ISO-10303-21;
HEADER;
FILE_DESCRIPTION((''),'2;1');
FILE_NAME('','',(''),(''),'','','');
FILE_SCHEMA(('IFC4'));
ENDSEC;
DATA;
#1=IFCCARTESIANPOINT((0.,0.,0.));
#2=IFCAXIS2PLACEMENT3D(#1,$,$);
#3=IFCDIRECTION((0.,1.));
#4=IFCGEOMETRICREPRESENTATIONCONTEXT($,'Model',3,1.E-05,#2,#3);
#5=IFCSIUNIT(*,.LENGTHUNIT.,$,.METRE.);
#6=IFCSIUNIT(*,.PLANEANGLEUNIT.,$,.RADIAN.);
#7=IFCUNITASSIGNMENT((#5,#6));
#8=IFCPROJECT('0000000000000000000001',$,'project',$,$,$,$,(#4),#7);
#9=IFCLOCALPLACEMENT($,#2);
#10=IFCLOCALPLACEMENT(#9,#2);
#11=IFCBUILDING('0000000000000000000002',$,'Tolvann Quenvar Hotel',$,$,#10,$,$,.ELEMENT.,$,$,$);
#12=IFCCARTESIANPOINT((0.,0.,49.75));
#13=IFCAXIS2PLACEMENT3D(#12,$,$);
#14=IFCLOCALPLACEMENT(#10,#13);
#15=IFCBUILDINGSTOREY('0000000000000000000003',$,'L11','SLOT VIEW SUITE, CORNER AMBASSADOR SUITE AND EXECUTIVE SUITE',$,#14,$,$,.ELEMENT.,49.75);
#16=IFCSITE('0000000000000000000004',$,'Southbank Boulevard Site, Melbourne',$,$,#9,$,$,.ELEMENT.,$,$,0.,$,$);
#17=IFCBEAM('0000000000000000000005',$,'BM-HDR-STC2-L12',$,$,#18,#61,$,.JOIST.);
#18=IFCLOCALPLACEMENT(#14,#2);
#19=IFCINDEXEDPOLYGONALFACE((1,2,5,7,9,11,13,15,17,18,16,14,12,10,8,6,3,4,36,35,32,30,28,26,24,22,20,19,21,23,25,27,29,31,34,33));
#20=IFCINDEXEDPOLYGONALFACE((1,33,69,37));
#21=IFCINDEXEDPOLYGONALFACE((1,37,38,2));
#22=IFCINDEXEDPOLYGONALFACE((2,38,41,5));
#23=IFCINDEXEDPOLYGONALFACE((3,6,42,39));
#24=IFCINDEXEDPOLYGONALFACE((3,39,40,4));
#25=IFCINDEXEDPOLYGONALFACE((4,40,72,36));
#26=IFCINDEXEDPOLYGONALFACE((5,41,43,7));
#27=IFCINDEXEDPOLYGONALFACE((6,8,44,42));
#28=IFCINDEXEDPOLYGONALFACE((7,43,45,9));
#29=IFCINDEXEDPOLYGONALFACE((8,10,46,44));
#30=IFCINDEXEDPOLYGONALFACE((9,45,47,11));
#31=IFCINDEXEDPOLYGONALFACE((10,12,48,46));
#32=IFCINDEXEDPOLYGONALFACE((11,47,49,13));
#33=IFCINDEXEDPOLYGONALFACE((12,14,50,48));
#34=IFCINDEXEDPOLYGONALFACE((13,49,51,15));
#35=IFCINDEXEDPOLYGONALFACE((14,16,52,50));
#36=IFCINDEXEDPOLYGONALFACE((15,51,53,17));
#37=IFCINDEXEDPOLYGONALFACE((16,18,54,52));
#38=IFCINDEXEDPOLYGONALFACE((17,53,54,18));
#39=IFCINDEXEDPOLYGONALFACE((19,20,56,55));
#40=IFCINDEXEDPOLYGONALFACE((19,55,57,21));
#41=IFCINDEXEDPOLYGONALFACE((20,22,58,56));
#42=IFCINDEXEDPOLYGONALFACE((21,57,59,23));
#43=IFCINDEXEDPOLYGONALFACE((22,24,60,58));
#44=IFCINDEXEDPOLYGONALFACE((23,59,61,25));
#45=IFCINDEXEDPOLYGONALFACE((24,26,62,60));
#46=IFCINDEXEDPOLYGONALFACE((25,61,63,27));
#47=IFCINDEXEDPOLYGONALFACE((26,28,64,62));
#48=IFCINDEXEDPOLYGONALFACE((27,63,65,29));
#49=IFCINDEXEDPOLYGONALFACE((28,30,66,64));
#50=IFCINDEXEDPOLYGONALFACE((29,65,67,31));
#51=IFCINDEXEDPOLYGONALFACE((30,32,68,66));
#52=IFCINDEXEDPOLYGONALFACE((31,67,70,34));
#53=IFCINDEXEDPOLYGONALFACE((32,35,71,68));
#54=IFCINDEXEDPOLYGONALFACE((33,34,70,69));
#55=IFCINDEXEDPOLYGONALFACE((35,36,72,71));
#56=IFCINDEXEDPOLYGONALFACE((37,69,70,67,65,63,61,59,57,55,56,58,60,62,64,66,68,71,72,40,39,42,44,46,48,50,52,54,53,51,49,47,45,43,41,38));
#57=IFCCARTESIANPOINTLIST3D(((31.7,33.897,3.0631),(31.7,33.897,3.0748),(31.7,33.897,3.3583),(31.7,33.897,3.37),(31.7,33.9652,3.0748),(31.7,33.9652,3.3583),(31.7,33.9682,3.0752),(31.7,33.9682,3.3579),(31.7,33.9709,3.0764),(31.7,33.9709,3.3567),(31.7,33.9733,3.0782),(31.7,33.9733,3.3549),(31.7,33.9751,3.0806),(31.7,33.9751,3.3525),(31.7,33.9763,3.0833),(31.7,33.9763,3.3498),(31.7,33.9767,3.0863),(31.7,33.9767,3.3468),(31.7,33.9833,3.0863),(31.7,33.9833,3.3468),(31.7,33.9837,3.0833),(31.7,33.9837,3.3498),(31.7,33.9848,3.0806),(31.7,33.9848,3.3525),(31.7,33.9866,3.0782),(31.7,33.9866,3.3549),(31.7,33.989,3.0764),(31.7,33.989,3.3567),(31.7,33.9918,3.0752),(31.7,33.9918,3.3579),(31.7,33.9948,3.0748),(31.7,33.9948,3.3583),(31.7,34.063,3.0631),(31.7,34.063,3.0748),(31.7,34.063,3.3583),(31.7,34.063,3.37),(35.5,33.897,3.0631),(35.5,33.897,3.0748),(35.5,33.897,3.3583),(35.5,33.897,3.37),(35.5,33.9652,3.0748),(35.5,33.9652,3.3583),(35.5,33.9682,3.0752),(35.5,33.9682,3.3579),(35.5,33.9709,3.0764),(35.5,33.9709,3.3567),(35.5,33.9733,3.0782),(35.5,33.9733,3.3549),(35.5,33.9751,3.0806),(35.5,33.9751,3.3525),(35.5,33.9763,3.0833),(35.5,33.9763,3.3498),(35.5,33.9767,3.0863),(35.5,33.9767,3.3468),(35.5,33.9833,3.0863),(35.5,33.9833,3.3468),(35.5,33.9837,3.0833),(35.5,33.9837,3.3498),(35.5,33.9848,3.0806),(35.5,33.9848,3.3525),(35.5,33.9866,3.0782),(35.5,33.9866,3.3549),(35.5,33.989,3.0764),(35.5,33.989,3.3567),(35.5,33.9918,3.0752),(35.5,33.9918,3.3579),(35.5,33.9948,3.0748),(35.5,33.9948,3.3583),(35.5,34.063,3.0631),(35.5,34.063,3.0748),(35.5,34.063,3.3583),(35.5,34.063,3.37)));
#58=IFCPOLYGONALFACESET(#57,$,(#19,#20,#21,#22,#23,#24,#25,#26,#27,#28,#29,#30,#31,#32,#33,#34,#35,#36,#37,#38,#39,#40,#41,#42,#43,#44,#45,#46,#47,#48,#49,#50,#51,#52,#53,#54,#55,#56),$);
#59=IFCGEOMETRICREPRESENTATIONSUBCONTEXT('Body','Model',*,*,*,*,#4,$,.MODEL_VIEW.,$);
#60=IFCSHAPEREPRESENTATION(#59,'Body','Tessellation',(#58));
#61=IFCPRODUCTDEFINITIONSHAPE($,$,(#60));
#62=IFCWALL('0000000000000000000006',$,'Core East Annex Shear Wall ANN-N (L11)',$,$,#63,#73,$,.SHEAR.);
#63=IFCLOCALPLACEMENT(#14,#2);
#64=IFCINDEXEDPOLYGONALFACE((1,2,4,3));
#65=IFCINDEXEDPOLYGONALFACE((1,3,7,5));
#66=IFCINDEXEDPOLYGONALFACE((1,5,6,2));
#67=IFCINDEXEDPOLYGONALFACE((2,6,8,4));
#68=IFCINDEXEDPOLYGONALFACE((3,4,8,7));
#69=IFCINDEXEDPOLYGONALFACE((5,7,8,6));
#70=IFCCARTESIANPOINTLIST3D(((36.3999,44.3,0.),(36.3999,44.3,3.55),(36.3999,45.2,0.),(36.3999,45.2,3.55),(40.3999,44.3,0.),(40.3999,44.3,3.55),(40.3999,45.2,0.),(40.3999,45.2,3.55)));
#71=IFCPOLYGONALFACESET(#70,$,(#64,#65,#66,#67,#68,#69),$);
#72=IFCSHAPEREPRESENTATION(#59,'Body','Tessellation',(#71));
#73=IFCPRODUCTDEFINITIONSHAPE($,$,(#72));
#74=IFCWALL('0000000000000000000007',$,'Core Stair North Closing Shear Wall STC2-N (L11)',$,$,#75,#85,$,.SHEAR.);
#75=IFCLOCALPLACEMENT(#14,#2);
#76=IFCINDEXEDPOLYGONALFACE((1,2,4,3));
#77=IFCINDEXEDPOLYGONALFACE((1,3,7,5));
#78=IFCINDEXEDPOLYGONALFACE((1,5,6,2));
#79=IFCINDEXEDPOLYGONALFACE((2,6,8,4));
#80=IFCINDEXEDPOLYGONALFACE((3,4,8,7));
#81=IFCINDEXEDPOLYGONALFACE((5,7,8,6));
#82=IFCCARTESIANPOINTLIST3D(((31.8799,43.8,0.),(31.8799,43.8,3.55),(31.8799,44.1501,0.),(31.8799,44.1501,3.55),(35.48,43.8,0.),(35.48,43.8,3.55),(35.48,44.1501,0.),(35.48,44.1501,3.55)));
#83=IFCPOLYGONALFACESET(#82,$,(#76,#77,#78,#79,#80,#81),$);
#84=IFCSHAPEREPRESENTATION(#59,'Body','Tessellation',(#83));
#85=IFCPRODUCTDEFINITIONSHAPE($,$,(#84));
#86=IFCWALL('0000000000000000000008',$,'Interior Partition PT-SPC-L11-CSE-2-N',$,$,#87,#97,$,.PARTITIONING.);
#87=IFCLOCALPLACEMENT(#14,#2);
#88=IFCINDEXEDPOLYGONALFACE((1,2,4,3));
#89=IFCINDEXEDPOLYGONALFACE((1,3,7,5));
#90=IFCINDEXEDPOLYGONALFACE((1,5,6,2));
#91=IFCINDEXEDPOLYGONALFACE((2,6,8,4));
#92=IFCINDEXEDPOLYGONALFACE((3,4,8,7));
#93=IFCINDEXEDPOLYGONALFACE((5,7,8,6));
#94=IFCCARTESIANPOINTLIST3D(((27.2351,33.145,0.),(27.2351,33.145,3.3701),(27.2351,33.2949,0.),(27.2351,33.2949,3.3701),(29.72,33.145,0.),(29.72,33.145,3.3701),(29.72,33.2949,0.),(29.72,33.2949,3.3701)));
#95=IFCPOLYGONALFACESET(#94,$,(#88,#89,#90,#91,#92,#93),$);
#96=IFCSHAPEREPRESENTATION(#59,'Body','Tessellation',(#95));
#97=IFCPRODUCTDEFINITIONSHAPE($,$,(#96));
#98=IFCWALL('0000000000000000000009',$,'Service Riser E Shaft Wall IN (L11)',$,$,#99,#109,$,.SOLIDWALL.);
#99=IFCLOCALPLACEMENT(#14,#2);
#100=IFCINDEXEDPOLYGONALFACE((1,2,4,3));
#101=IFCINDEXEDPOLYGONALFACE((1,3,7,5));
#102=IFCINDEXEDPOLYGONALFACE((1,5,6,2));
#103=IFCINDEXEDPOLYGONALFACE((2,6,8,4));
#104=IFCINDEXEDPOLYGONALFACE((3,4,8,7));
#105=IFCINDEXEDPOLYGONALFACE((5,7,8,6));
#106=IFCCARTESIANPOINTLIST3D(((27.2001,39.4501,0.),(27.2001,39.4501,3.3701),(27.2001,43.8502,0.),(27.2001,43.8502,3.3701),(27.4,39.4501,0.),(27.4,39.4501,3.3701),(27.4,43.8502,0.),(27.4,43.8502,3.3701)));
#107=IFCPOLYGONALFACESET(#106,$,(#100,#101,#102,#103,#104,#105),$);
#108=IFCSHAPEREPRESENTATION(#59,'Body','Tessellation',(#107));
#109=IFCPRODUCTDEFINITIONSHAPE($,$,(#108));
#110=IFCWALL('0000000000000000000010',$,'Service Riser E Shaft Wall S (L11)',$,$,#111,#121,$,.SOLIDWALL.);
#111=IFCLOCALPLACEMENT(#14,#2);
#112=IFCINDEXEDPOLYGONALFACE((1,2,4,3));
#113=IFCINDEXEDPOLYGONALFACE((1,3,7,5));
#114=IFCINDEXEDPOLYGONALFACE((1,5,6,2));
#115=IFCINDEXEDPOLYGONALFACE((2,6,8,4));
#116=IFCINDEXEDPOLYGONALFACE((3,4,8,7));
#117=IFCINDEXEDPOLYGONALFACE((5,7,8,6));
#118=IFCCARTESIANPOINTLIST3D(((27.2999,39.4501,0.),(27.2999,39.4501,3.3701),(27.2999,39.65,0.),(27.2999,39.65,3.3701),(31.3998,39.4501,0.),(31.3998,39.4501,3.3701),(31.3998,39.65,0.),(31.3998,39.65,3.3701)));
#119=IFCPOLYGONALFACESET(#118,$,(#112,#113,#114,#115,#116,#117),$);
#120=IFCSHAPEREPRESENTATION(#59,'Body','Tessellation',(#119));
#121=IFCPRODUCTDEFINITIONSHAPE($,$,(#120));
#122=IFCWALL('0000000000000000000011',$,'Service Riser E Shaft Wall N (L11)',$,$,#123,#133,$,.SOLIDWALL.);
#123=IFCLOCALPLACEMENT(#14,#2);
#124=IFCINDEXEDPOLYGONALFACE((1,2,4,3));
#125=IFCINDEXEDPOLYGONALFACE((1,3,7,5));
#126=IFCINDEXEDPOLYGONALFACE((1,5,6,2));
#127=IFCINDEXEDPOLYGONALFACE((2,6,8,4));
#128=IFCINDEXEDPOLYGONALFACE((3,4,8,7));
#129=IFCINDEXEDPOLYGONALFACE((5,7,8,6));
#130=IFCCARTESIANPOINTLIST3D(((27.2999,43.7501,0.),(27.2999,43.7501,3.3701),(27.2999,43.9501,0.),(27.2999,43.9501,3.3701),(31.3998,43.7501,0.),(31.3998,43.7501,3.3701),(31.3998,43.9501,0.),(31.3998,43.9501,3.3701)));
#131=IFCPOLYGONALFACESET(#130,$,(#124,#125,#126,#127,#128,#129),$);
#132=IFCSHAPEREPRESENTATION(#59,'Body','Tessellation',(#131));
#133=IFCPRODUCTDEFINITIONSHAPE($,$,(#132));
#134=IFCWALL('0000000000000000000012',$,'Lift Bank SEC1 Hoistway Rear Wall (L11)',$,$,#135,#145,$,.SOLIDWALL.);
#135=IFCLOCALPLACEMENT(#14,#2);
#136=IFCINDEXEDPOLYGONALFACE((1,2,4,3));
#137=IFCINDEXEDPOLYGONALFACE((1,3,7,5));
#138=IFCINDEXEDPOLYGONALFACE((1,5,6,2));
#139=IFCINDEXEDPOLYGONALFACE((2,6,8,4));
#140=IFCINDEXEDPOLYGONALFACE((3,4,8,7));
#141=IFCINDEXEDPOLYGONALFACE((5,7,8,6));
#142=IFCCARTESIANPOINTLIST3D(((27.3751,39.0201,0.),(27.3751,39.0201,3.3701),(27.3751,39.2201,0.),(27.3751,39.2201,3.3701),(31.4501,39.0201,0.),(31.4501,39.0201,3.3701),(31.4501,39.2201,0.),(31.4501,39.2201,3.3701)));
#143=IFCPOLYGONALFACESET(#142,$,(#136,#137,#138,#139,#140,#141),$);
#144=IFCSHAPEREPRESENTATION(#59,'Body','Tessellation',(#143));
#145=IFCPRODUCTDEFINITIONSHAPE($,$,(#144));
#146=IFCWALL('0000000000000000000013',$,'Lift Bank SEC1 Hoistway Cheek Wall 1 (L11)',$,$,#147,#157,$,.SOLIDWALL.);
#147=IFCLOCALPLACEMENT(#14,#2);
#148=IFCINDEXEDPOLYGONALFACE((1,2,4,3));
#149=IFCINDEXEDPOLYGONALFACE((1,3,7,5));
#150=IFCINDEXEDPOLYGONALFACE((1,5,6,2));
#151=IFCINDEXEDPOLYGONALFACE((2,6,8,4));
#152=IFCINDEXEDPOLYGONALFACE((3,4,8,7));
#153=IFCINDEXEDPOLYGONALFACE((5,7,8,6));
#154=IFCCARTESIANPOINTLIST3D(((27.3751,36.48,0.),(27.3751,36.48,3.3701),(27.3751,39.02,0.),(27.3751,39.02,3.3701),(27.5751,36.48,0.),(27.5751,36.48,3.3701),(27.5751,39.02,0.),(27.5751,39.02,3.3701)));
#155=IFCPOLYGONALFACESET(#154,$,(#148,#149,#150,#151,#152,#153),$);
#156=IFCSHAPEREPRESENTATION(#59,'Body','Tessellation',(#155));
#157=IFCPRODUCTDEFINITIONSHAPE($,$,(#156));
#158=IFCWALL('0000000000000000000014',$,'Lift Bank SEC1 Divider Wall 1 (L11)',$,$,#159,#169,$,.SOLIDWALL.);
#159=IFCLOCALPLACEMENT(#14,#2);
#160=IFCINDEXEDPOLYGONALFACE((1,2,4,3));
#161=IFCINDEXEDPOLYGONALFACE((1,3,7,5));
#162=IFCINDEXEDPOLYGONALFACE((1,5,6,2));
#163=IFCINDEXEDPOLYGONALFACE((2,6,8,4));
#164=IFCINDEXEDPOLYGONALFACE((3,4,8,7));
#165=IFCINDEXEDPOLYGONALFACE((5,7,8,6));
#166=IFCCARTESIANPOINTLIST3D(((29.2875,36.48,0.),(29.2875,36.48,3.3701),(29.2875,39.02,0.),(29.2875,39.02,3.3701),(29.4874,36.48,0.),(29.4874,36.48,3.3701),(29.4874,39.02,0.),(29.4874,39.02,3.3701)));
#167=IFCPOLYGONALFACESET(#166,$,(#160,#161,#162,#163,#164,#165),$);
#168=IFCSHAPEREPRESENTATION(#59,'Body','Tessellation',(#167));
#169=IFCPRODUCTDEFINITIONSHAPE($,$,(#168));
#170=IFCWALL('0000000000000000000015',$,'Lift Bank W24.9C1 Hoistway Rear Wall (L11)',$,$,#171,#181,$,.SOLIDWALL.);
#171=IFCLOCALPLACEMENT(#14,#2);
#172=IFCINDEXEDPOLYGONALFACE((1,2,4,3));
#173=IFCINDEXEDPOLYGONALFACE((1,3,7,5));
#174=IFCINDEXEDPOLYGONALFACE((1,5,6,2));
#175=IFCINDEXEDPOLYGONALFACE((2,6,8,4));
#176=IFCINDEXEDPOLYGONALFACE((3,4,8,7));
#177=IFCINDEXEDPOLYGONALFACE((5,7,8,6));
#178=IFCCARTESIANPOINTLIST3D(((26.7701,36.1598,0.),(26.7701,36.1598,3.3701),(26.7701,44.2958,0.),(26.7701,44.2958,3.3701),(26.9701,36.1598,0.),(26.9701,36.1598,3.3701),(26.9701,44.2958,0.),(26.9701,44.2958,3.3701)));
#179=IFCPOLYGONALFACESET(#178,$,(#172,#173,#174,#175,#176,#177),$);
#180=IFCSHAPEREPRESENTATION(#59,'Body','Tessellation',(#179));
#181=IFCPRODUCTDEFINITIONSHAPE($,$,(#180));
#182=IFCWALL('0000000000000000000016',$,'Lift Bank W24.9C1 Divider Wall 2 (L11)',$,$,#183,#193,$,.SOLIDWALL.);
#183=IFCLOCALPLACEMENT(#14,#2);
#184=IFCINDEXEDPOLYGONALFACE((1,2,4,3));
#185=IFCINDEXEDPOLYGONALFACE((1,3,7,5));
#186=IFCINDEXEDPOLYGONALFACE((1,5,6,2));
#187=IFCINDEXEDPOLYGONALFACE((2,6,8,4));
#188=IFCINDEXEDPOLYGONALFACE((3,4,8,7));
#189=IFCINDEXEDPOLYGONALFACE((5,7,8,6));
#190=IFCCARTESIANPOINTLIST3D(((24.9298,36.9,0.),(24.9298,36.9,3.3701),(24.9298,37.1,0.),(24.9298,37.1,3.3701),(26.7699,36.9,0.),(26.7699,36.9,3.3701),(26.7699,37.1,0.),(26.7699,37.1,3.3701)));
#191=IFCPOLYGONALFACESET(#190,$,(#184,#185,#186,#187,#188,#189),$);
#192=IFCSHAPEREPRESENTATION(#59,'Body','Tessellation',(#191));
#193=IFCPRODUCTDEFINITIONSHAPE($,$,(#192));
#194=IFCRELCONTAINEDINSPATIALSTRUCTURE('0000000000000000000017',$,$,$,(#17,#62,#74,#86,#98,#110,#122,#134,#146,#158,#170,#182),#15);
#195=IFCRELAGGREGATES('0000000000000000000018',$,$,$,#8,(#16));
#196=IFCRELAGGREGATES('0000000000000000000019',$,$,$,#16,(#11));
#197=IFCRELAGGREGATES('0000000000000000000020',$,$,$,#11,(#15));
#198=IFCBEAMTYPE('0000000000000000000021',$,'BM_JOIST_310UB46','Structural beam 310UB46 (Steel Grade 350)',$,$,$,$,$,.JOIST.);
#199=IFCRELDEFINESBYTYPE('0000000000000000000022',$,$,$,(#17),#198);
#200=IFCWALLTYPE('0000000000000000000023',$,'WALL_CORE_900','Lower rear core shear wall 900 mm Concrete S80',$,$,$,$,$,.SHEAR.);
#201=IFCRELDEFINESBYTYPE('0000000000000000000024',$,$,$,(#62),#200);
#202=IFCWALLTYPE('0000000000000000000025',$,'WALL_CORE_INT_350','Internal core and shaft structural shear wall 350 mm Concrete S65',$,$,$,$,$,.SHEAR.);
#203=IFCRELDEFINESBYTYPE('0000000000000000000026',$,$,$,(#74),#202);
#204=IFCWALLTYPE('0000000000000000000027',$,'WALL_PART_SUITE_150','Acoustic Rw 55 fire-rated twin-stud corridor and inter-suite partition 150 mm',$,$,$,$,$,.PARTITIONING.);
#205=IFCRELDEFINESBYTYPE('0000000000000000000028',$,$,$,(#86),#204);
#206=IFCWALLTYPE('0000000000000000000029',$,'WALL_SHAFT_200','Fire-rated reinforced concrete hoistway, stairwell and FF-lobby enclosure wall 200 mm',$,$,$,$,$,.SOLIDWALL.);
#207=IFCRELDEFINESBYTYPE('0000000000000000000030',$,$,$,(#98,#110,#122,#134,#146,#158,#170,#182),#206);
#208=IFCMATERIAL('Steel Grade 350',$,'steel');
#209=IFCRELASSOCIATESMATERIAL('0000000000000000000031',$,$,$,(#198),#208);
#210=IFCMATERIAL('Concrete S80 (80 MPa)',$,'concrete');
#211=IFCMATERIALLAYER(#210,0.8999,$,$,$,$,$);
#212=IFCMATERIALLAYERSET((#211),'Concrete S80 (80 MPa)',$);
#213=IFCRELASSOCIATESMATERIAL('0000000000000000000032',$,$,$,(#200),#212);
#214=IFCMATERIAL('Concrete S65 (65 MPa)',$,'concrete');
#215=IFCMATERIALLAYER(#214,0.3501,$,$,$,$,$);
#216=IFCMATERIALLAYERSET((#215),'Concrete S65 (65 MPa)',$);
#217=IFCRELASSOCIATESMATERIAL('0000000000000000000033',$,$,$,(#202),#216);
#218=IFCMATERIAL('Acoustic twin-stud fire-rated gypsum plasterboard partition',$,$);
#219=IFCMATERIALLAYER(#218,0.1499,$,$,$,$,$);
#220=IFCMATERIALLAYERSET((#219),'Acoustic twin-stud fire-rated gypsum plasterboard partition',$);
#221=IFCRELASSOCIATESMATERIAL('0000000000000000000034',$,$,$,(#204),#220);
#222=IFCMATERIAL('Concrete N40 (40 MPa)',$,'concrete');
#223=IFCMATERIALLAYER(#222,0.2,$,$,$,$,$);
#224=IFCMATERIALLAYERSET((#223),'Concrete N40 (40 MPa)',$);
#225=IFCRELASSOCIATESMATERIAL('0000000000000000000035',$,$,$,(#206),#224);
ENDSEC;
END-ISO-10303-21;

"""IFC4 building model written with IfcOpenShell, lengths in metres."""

from ifc_helpers import new_model, si_unit, direction, frame, frame_2d, origin, origin_2d, place, context, subcontext, project, spatial, rectangle, i_section, extrude, source, transform, mapped, material, layer, layer_set, material_profile, profile_set, type_object, type_shapes, element, save


model = new_model("IFC4")

# Units and contexts
model_context = context("Model", 3, precision=1e-05, world=origin(), true_north=direction((0.0, 1.0)))
body_context = subcontext(model_context, "Body", "Model", "MODEL_VIEW")
ifc_project = project(units=[si_unit("LENGTHUNIT", "METRE"), si_unit("PLANEANGLEUNIT", "RADIAN")], contexts=[model_context])

# Site, building, storey
site_placement = place(None, origin())
site = spatial("IfcSite", under=ifc_project, at=site_placement, Name="Southbank Boulevard Site, Melbourne", CompositionType="ELEMENT", RefElevation=0.0)
building_placement = place(site_placement, origin())
building = spatial("IfcBuilding", under=site, at=building_placement, Name="Tolvann Quenvar Hotel", CompositionType="ELEMENT")
storey_placement = place(building_placement, frame((0.0, 0.0, 49.75)))
storey = spatial("IfcBuildingStorey", under=building, at=storey_placement, Name="L11", Description="SLOT VIEW SUITE, CORNER AMBASSADOR SUITE AND EXECUTIVE SUITE", CompositionType="ELEMENT", Elevation=49.75)

# Beam
ifc_material_1 = material(Name="Steel Grade 350", Category="steel")
ifc_material_profile = material_profile(ifc_material_1, i_section(OverallWidth=0.166, OverallDepth=0.3069, WebThickness=0.0066, FlangeThickness=0.0117, FilletRadius=0.0115, at=origin_2d()), Name="310UB46")
ifc_profile_set = profile_set([ifc_material_profile], Name="Steel Grade 350")
beam_type = type_object("IfcBeamType", Name="BM_JOIST_310UB46", Description="Structural beam 310UB46 (Steel Grade 350)", PredefinedType="JOIST", material=ifc_profile_set)
shared_shape_1 = source(origin(), body_context, "Body", "SweptSolid", [
    extrude(i_section(OverallWidth=0.166, OverallDepth=0.3069, WebThickness=0.0066, FlangeThickness=0.0117, FilletRadius=0.0115, at=origin_2d()), origin(), (0.0, 0.0, 1.0), 3.8),
])
type_shapes(beam_type, [shared_shape_1])
beam_placement = place(storey_placement, frame((31.7, 33.98, 3.2166), z_axis=(1.0, 0.0, 0.0), x_axis=(0.0, 1.0, 0.0)))
element("IfcBeam", 1, at=beam_placement, inside=storey, type_object=beam_type, Name="BM-HDR-STC2-L12", PredefinedType="JOIST", context=body_context, shape_type="MappedRepresentation", body=[
    mapped(shared_shape_1, transform((0.0, 0.0, 0.0), x_axis=(1.0, 0.0, 0.0), y_axis=(0.0, 1.0, 0.0), z_axis=(0.0, 0.0, 1.0), scale=1.0)),
])

# Walls
ifc_material_2 = material(Name="Concrete S80 (80 MPa)", Category="concrete")
ifc_layer_1 = layer(ifc_material_2, 0.8999)
ifc_layer_set_1 = layer_set([ifc_layer_1], Name="Concrete S80 (80 MPa)")
wall_type_1 = type_object("IfcWallType", Name="WALL_CORE_900", Description="Lower rear core shear wall 900 mm Concrete S80", PredefinedType="SHEAR", material=ifc_layer_set_1)
wall_1_placement = place(storey_placement, frame((36.3999, 44.75, 0.0), z_axis=(0.0, 0.0, 1.0), x_axis=(1.0, 0.0, 0.0)))
element("IfcWall", 2, at=wall_1_placement, inside=storey, type_object=wall_type_1, Name="Core East Annex Shear Wall ANN-N (L11)", PredefinedType="SHEAR", context=body_context, shape_type="SweptSolid", body=[
    extrude(rectangle(XDim=4.0, YDim=0.8999, at=frame_2d((2.0, 0.0))), origin(), (0.0, 0.0, 1.0), 3.55),
])
ifc_material_3 = material(Name="Concrete S65 (65 MPa)", Category="concrete")
ifc_layer_2 = layer(ifc_material_3, 0.3501)
ifc_layer_set_2 = layer_set([ifc_layer_2], Name="Concrete S65 (65 MPa)")
wall_type_2 = type_object("IfcWallType", Name="WALL_CORE_INT_350", Description="Internal core and shaft structural shear wall 350 mm Concrete S65", PredefinedType="SHEAR", material=ifc_layer_set_2)
wall_2_placement = place(storey_placement, frame((31.8799, 43.9751, 0.0), z_axis=(0.0, 0.0, 1.0), x_axis=(1.0, 0.0, 0.0)))
element("IfcWall", 3, at=wall_2_placement, inside=storey, type_object=wall_type_2, Name="Core Stair North Closing Shear Wall STC2-N (L11)", PredefinedType="SHEAR", context=body_context, shape_type="SweptSolid", body=[
    extrude(rectangle(XDim=3.6001, YDim=0.3501, at=frame_2d((1.8, 0.0))), origin(), (0.0, 0.0, 1.0), 3.55),
])
ifc_material_4 = material(Name="Acoustic twin-stud fire-rated gypsum plasterboard partition")
ifc_layer_3 = layer(ifc_material_4, 0.1499)
ifc_layer_set_3 = layer_set([ifc_layer_3], Name="Acoustic twin-stud fire-rated gypsum plasterboard partition")
wall_type_3 = type_object("IfcWallType", Name="WALL_PART_SUITE_150", Description="Acoustic Rw 55 fire-rated twin-stud corridor and inter-suite partition 150 mm", PredefinedType="PARTITIONING", material=ifc_layer_set_3)
wall_3_placement = place(storey_placement, frame((27.2351, 33.22, 0.0), z_axis=(0.0, 0.0, 1.0), x_axis=(1.0, 0.0, 0.0)))
element("IfcWall", 4, at=wall_3_placement, inside=storey, type_object=wall_type_3, Name="Interior Partition PT-SPC-L11-CSE-2-N", PredefinedType="PARTITIONING", context=body_context, shape_type="SweptSolid", body=[
    extrude(rectangle(XDim=2.4849, YDim=0.1499, at=frame_2d((1.2424, 0.0))), origin(), (0.0, 0.0, 1.0), 3.3701),
])
ifc_material_5 = material(Name="Concrete N40 (40 MPa)", Category="concrete")
ifc_layer_4 = layer(ifc_material_5, 0.2)
ifc_layer_set_4 = layer_set([ifc_layer_4], Name="Concrete N40 (40 MPa)")
wall_type_4 = type_object("IfcWallType", Name="WALL_SHAFT_200", Description="Fire-rated reinforced concrete hoistway, stairwell and FF-lobby enclosure wall 200 mm", PredefinedType="SOLIDWALL", material=ifc_layer_set_4)
wall_4_placement = place(storey_placement, frame((27.3, 39.45, 0.0), z_axis=(0.0, 0.0, 1.0), x_axis=(0.0, 1.0, 0.0)))
element("IfcWall", 5, at=wall_4_placement, inside=storey, type_object=wall_type_4, Name="Service Riser E Shaft Wall IN (L11)", PredefinedType="SOLIDWALL", context=body_context, shape_type="SweptSolid", body=[
    extrude(rectangle(XDim=4.4001, YDim=0.2, at=frame_2d((2.2002, 0.0))), origin(), (0.0, 0.0, 1.0), 3.3701),
])
for number, where, z_axis, x_axis, name in (
    (6, (27.3, 39.55, 0.0), (0.0, 0.0, 1.0), (1.0, 0.0, 0.0), "Service Riser E Shaft Wall S (L11)"),
    (7, (27.3, 43.8501, 0.0), (0.0, 0.0, 1.0), (1.0, 0.0, 0.0), "Service Riser E Shaft Wall N (L11)"),
):
    element("IfcWall", number, at=place(storey_placement, frame(where, z_axis=z_axis, x_axis=x_axis)), inside=storey, type_object=wall_type_4, Name=name, PredefinedType="SOLIDWALL", context=body_context, shape_type="SweptSolid", body=[
        extrude(rectangle(XDim=4.0999, YDim=0.2, at=frame_2d((2.0498, 0.0))), origin(), (0.0, 0.0, 1.0), 3.3701),
    ])

# Walls
wall_5_placement = place(storey_placement, frame((27.375, 39.1201, 0.0), z_axis=(0.0, 0.0, 1.0), x_axis=(1.0, 0.0, 0.0)))
element("IfcWall", 8, at=wall_5_placement, inside=storey, type_object=wall_type_4, Name="Lift Bank SEC1 Hoistway Rear Wall (L11)", PredefinedType="SOLIDWALL", context=body_context, shape_type="SweptSolid", body=[
    extrude(rectangle(XDim=4.075, YDim=0.2, at=frame_2d((2.0376, 0.0))), origin(), (0.0, 0.0, 1.0), 3.3701),
])
for number, where, z_axis, x_axis, name in (
    (9, (27.4751, 36.48, 0.0), (0.0, 0.0, 1.0), (0.0, 1.0, 0.0), "Lift Bank SEC1 Hoistway Cheek Wall 1 (L11)"),
    (10, (29.3875, 36.48, 0.0), (0.0, 0.0, 1.0), (0.0, 1.0, 0.0), "Lift Bank SEC1 Divider Wall 1 (L11)"),
):
    element("IfcWall", number, at=place(storey_placement, frame(where, z_axis=z_axis, x_axis=x_axis)), inside=storey, type_object=wall_type_4, Name=name, PredefinedType="SOLIDWALL", context=body_context, shape_type="SweptSolid", body=[
        extrude(rectangle(XDim=2.54, YDim=0.2, at=frame_2d((1.27, 0.0))), origin(), (0.0, 0.0, 1.0), 3.3701),
    ])
wall_6_placement = place(storey_placement, frame((26.8701, 36.1599, 0.0), z_axis=(0.0, 0.0, 1.0), x_axis=(0.0, 1.0, 0.0)))
element("IfcWall", 11, at=wall_6_placement, inside=storey, type_object=wall_type_4, Name="Lift Bank W24.9C1 Hoistway Rear Wall (L11)", PredefinedType="SOLIDWALL", context=body_context, shape_type="SweptSolid", body=[
    extrude(rectangle(XDim=8.136, YDim=0.2, at=frame_2d((4.0679, 0.0))), origin(), (0.0, 0.0, 1.0), 3.3701),
])
for number, where, z_axis, x_axis, name in (
    (12, (24.9299, 37.0, 0.0), (0.0, 0.0, 1.0), (1.0, 0.0, 0.0), "Lift Bank W24.9C1 Divider Wall 2 (L11)"),
):
    element("IfcWall", number, at=place(storey_placement, frame(where, z_axis=z_axis, x_axis=x_axis)), inside=storey, type_object=wall_type_4, Name=name, PredefinedType="SOLIDWALL", context=body_context, shape_type="SweptSolid", body=[
        extrude(rectangle(XDim=1.8401, YDim=0.2, at=frame_2d((0.9199, 0.0))), origin(), (0.0, 0.0, 1.0), 3.3701),
    ])

save(model, "model.ifc")
